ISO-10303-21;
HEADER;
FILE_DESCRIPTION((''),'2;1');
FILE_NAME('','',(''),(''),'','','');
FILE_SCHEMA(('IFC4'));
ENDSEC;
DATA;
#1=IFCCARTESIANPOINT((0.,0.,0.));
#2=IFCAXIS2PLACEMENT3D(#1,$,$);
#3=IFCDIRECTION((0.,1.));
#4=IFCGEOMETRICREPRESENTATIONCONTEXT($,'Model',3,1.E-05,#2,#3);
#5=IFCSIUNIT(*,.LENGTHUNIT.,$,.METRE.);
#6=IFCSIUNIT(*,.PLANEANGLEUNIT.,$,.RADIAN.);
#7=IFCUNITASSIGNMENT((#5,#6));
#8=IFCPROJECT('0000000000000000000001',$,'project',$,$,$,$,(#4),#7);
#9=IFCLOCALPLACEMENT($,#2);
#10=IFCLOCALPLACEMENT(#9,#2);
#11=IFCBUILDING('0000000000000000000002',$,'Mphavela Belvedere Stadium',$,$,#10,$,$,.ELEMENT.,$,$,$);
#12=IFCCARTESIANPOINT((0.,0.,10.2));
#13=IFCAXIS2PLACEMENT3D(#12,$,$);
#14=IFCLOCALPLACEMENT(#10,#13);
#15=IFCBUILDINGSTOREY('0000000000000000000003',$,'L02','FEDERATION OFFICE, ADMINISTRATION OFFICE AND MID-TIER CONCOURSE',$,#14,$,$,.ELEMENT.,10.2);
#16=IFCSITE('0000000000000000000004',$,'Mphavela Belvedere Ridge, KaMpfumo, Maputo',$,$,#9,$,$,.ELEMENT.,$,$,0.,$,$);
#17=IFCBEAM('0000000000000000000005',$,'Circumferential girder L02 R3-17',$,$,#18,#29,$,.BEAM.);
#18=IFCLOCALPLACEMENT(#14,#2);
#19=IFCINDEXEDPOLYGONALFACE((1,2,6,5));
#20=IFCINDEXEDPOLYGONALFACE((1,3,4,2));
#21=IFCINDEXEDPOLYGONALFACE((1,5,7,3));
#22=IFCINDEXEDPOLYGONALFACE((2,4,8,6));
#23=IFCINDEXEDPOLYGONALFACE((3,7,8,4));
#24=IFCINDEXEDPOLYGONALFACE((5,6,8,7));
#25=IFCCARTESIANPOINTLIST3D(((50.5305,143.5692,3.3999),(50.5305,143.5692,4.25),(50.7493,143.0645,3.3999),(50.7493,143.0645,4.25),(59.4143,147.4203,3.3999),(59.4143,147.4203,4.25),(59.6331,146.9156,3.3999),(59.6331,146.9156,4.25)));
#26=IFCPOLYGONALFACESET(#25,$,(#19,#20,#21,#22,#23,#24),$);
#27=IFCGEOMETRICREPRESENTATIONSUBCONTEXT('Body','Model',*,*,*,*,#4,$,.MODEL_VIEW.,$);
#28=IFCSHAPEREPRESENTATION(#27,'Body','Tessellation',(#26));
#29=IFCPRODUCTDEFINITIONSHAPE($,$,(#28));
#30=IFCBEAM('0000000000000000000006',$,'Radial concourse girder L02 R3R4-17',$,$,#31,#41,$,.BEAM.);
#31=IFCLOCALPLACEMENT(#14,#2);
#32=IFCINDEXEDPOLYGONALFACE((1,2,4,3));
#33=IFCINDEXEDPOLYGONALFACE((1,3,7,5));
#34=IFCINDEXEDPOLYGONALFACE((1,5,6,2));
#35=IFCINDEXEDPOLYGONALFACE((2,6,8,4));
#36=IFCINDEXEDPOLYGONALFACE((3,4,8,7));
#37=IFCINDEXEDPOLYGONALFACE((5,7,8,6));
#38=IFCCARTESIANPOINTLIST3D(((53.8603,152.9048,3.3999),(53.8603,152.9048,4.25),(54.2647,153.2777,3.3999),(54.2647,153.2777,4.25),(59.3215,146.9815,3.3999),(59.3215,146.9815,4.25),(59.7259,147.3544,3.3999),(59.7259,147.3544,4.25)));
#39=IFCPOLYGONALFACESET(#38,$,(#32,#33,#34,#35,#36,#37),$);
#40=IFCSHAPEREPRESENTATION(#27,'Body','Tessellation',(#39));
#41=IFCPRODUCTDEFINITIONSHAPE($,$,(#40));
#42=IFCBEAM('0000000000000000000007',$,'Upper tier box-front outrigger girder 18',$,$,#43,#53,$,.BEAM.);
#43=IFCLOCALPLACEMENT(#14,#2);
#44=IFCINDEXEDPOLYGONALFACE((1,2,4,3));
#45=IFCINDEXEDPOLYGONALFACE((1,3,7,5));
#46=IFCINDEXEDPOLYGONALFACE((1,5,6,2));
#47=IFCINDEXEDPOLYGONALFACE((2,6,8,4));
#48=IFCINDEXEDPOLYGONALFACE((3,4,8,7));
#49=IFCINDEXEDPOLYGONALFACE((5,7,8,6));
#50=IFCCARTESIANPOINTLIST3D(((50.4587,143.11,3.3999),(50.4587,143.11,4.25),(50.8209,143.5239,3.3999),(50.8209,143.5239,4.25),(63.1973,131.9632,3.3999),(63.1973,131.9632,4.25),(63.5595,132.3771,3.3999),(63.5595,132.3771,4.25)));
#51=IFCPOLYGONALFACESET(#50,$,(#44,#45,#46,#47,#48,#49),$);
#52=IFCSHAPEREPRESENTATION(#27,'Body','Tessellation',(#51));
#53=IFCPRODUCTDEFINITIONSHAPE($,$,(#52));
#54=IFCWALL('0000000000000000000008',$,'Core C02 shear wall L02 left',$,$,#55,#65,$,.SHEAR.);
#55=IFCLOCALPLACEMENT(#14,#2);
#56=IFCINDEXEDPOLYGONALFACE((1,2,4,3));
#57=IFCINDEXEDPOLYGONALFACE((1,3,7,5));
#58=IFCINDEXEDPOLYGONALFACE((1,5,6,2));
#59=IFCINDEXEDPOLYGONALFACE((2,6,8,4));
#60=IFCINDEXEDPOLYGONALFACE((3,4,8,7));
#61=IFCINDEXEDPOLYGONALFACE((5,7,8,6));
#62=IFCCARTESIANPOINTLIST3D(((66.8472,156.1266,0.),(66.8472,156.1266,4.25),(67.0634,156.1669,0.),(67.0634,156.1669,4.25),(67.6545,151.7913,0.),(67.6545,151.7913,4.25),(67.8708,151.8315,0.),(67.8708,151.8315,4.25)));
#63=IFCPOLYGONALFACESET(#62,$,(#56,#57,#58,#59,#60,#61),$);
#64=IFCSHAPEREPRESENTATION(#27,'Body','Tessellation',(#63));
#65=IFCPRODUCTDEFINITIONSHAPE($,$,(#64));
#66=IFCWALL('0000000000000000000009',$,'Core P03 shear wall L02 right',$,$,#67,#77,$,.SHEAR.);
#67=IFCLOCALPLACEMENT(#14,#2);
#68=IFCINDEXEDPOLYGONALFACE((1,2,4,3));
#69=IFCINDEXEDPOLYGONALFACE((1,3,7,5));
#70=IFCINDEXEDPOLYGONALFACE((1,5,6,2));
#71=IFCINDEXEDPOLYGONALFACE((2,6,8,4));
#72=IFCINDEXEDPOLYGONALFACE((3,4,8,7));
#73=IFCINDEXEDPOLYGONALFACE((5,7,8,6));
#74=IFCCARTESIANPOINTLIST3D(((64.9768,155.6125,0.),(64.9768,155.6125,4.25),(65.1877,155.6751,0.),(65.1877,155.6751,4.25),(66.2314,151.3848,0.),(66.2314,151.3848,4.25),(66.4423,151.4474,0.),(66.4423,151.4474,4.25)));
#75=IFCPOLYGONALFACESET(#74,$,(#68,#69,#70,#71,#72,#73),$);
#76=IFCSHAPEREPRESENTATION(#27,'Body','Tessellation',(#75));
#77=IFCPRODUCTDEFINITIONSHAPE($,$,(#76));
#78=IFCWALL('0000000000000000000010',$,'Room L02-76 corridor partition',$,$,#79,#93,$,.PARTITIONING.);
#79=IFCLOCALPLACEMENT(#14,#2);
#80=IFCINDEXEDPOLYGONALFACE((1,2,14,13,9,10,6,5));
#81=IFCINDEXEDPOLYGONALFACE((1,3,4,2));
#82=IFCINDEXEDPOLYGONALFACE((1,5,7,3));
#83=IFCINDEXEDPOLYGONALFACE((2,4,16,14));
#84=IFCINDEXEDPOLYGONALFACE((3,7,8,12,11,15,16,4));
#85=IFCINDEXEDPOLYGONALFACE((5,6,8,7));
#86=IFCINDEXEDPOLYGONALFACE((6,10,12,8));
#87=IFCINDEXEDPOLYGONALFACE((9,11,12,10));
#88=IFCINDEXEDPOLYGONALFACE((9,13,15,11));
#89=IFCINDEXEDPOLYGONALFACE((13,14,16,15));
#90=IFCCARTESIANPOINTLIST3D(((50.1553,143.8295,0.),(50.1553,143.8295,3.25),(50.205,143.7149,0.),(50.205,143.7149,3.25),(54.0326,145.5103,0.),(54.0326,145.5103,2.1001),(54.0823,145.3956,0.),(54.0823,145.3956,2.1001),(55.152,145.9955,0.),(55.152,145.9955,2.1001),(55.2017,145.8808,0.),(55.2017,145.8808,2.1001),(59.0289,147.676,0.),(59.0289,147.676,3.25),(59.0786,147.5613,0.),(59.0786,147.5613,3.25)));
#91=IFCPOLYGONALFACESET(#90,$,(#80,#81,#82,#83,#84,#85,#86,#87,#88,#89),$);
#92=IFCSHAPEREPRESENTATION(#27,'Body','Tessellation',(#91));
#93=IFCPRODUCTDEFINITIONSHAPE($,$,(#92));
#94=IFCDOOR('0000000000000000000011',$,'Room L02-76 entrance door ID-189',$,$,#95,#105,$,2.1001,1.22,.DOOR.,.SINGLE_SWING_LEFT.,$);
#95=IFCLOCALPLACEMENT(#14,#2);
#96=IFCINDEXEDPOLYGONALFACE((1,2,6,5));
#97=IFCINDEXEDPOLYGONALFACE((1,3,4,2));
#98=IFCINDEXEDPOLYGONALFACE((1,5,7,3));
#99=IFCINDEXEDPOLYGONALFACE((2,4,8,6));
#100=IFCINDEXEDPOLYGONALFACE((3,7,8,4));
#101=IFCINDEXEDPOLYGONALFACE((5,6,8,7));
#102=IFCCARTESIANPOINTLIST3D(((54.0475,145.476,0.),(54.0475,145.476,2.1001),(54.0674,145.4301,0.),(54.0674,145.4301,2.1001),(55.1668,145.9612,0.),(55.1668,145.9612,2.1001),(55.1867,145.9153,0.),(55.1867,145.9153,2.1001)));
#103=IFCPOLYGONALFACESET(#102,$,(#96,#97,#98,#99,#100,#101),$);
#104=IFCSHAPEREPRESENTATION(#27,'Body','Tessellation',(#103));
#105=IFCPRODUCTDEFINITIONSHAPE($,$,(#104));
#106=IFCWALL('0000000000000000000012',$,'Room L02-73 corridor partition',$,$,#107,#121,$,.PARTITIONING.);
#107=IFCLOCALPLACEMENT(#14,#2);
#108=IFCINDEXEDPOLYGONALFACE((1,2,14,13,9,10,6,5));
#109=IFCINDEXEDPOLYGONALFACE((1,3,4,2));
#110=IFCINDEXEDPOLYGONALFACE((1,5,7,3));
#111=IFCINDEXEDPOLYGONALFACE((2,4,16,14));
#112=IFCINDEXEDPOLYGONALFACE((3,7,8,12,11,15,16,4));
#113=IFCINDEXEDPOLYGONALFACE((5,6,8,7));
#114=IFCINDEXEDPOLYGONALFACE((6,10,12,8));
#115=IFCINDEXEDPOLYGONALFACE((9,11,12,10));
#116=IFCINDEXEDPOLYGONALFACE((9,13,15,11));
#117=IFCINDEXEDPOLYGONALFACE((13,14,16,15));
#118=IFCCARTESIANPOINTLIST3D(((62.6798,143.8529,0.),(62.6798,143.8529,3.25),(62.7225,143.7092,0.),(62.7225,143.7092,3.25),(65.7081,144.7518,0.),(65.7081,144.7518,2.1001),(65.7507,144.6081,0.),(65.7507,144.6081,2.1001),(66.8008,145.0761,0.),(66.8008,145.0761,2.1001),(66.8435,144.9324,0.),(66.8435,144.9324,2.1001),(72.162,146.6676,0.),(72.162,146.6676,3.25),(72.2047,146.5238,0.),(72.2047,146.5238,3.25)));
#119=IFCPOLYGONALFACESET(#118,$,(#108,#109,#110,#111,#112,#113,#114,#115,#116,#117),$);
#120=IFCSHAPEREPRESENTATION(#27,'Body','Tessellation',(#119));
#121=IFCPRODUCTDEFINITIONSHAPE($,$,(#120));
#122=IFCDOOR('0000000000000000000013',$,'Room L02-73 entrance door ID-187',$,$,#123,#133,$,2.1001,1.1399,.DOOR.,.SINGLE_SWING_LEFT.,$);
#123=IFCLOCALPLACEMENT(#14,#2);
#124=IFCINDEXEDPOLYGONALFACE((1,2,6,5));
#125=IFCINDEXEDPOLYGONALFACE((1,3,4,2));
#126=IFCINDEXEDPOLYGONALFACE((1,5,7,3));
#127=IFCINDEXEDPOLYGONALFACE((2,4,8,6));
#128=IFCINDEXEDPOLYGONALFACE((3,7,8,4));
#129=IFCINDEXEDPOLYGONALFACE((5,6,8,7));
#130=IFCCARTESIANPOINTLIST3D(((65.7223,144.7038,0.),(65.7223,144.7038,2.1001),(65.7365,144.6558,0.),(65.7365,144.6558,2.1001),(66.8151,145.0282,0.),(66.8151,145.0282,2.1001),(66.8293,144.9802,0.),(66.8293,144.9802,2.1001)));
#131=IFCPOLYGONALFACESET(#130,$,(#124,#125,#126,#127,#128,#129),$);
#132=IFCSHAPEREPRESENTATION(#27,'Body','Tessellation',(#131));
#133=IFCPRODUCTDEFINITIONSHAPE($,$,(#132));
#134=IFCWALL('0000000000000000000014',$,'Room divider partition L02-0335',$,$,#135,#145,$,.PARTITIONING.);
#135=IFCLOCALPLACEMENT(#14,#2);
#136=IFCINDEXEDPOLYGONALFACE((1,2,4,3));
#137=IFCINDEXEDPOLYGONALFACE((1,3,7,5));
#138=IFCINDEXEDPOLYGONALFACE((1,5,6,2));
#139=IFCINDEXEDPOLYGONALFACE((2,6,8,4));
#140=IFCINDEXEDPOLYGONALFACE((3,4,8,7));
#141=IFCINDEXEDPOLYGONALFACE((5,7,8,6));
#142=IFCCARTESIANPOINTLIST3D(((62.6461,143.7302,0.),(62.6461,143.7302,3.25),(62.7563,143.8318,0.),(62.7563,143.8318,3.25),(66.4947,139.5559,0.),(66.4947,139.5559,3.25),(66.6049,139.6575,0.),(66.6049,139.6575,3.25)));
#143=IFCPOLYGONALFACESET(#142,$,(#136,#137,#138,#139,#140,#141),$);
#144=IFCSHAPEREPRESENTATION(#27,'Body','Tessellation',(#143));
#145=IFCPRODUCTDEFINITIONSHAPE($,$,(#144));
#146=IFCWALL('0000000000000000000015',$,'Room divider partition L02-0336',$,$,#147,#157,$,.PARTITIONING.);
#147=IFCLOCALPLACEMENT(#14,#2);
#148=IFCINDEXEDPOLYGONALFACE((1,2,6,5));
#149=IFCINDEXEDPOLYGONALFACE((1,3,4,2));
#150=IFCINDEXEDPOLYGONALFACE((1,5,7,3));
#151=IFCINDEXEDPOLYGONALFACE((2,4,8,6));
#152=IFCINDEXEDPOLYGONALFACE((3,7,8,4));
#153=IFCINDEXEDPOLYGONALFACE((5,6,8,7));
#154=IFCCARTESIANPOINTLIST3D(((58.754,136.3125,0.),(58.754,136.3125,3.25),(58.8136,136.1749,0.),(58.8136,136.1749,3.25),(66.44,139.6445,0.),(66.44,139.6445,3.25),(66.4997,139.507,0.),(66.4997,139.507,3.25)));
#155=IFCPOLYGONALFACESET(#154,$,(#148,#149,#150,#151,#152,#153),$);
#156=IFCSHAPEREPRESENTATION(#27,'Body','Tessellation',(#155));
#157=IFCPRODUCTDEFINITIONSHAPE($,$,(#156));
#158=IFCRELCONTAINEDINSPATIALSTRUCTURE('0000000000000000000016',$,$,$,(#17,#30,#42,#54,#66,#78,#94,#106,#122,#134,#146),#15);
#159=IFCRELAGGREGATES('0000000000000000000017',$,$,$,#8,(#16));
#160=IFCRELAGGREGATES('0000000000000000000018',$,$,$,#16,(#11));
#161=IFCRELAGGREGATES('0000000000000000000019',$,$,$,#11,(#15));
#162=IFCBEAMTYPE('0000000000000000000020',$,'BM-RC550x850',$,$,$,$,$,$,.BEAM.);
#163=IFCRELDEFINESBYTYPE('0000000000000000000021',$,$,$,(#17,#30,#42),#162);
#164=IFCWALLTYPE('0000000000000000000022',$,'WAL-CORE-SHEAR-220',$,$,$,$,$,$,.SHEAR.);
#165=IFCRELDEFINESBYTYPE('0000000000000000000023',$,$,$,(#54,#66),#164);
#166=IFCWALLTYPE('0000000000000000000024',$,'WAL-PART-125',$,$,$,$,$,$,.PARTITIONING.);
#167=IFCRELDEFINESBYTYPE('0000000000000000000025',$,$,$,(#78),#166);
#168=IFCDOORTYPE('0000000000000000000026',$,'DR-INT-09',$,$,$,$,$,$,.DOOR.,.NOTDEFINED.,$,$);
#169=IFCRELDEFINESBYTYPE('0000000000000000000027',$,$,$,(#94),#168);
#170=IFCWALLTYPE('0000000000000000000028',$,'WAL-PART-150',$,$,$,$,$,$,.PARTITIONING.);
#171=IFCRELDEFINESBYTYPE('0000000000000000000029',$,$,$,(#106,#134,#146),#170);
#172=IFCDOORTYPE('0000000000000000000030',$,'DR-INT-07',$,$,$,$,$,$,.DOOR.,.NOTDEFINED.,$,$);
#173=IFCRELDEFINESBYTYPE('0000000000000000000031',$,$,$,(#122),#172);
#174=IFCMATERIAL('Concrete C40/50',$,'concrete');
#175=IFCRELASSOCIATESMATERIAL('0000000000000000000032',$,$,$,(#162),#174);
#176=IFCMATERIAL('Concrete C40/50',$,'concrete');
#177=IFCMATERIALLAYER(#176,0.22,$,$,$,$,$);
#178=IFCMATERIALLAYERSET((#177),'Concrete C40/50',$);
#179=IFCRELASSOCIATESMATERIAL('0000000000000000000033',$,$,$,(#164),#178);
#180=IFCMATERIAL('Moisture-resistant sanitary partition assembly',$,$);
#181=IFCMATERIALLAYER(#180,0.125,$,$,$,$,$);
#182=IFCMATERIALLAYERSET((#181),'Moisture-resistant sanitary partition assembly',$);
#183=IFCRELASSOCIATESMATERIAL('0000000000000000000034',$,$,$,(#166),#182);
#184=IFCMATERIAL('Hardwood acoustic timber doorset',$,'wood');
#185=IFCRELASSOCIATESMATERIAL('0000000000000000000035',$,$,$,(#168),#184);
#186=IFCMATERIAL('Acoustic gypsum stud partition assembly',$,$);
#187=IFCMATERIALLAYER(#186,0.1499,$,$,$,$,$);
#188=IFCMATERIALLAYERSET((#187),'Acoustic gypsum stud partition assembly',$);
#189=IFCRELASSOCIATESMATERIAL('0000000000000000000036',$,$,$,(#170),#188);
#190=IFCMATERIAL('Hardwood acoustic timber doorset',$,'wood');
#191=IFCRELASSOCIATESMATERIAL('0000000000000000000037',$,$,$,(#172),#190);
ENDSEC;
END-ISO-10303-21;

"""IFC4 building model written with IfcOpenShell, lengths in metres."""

from ifc_helpers import new_model, si_unit, direction, frame, frame_2d, origin, origin_2d, place, context, subcontext, project, spatial, rectangle, extrude, material, layer, layer_set, material_profile, profile_set, type_object, element, fill, save


model = new_model("IFC4")

# Units and contexts
model_context = context("Model", 3, precision=1e-05, world=origin(), true_north=direction((0.0, 1.0)))
body_context = subcontext(model_context, "Body", "Model", "MODEL_VIEW")
ifc_project = project(units=[si_unit("LENGTHUNIT", "METRE"), si_unit("PLANEANGLEUNIT", "RADIAN")], contexts=[model_context])

# Site, building, storey
site_placement = place(None, origin())
site = spatial("IfcSite", under=ifc_project, at=site_placement, Name="Mphavela Belvedere Ridge, KaMpfumo, Maputo", CompositionType="ELEMENT", RefElevation=0.0)
building_placement = place(site_placement, origin())
building = spatial("IfcBuilding", under=site, at=building_placement, Name="Mphavela Belvedere Stadium", CompositionType="ELEMENT")
storey_placement = place(building_placement, frame((0.0, 0.0, 10.2)))
storey = spatial("IfcBuildingStorey", under=building, at=storey_placement, Name="L02", Description="FEDERATION OFFICE, ADMINISTRATION OFFICE AND MID-TIER CONCOURSE", CompositionType="ELEMENT", Elevation=10.2)

# Beams
ifc_material_1 = material(Name="Concrete C40/50", Category="concrete")
ifc_material_profile_1 = material_profile(ifc_material_1, rectangle(XDim=0.55, YDim=0.8501, at=origin_2d()), Name="RC 550x850")
ifc_profile_set_1 = profile_set([ifc_material_profile_1], Name="Concrete C40/50")
beam_type_1 = type_object("IfcBeamType", Name="BM-RC550x850", PredefinedType="BEAM", material=ifc_profile_set_1)
beam_1_placement = place(storey_placement, frame((59.5237, 147.168, 3.825), z_axis=(-0.917502, -0.397732, 0.0), x_axis=(0.397732, -0.917502, 0.0)))
element("IfcBeam", 1, at=beam_1_placement, inside=storey, type_object=beam_type_1, Name="Circumferential girder L02 R3-17", PredefinedType="BEAM", context=body_context, shape_type="SweptSolid", body=[
    extrude(rectangle(XDim=0.55, YDim=0.8501, at=origin_2d()), origin(), (0.0, 0.0, 1.0), 9.6826),
])
beam_2_placement = place(storey_placement, frame((59.5237, 147.168, 3.825), z_axis=(-0.677843, 0.735206, 0.0), x_axis=(-0.735206, -0.677843, 0.0)))
element("IfcBeam", 2, at=beam_2_placement, inside=storey, type_object=beam_type_1, Name="Radial concourse girder L02 R3R4-17", PredefinedType="BEAM", context=body_context, shape_type="SweptSolid", body=[
    extrude(rectangle(XDim=0.55, YDim=0.8501, at=origin_2d()), origin(), (0.0, 0.0, 1.0), 8.0566),
])
beam_3_placement = place(storey_placement, frame((63.3784, 132.1702, 3.825), z_axis=(-0.752562, 0.658522, 0.0), x_axis=(-0.658522, -0.752562, 0.0)))
element("IfcBeam", 3, at=beam_3_placement, inside=storey, type_object=beam_type_1, Name="Upper tier box-front outrigger girder 18", PredefinedType="BEAM", context=body_context, shape_type="SweptSolid", body=[
    extrude(rectangle(XDim=0.55, YDim=0.8501, at=origin_2d()), origin(), (0.0, 0.0, 1.0), 16.927),
])

# Wall
ifc_material_2 = material(Name="Concrete C40/50", Category="concrete")
ifc_layer_1 = layer(ifc_material_2, 0.22)
ifc_layer_set_1 = layer_set([ifc_layer_1], Name="Concrete C40/50")
wall_type_1 = type_object("IfcWallType", Name="WAL-CORE-SHEAR-220", PredefinedType="SHEAR", material=ifc_layer_set_1)
wall_1_placement = place(storey_placement, frame((67.7627, 151.8113, 0.0), z_axis=(0.0, 0.0, 1.0), x_axis=(-0.183078, 0.983098, 0.0)))
element("IfcWall", 4, at=wall_1_placement, inside=storey, type_object=wall_type_1, Name="Core C02 shear wall L02 left", PredefinedType="SHEAR", context=body_context, shape_type="SweptSolid", body=[
    extrude(rectangle(XDim=4.4099, YDim=0.22, at=frame_2d((2.2051, 0.0))), origin(), (0.0, 0.0, 1.0), 4.25),
])

# Wall
wall_2_placement = place(storey_placement, frame((66.3369, 151.416, 0.0), z_axis=(0.0, 0.0, 1.0), x_axis=(-0.284497, 0.958677, 0.0)))
element("IfcWall", 5, at=wall_2_placement, inside=storey, type_object=wall_type_1, Name="Core P03 shear wall L02 right", PredefinedType="SHEAR", context=body_context, shape_type="SweptSolid", body=[
    extrude(rectangle(XDim=4.4099, YDim=0.22, at=frame_2d((2.2051, 0.0))), origin(), (0.0, 0.0, 1.0), 4.25),
])

# Walls, openings, doors
ifc_material_3 = material(Name="Moisture-resistant sanitary partition assembly")
ifc_layer_2 = layer(ifc_material_3, 0.125)
ifc_layer_set_2 = layer_set([ifc_layer_2], Name="Moisture-resistant sanitary partition assembly")
wall_type_2 = type_object("IfcWallType", Name="WAL-PART-125", PredefinedType="PARTITIONING", material=ifc_layer_set_2)
wall_3_placement = place(storey_placement, frame((59.0537, 147.6187, 0.0), z_axis=(0.0, 0.0, 1.0), x_axis=(-0.917509, -0.397715, 0.0)))
wall_3 = element("IfcWall", 6, at=wall_3_placement, inside=storey, type_object=wall_type_2, Name="Room L02-76 corridor partition", PredefinedType="PARTITIONING", context=body_context, shape_type="SweptSolid", body=[
    extrude(rectangle(XDim=9.6714, YDim=0.125, at=frame_2d((4.8357, 0.0))), origin(), (0.0, 0.0, 1.0), 3.25),
])
opening_1_placement = place(wall_3_placement, frame((4.2256, 0.0, 0.0)))
opening_1 = element("IfcOpeningElement", 7, at=opening_1_placement, cuts=wall_3, PredefinedType="OPENING", context=body_context, shape_type="SweptSolid", body=[
    extrude(rectangle(XDim=1.22, YDim=2.1001, at=frame_2d((0.6099, 1.05))), frame((0.0, 0.0725, 0.0), z_axis=(0.0, -1.0, 0.0), x_axis=(1.0, 0.0, 0.0)), (0.0, 0.0, 1.0), 0.145),
])
ifc_material_4 = material(Name="Hardwood acoustic timber doorset", Category="wood")
door_type_1 = type_object("IfcDoorType", Name="DR-INT-09", OperationType="NOTDEFINED", PredefinedType="DOOR", material=ifc_material_4)
door_1_placement = place(opening_1_placement, origin())
door_1 = element("IfcDoor", 8, at=door_1_placement, inside=storey, type_object=door_type_1, Name="Room L02-76 entrance door ID-189", OperationType="SINGLE_SWING_LEFT", OverallHeight=2.1001, OverallWidth=1.22, PredefinedType="DOOR", context=body_context, shape_type="SweptSolid", body=[
    extrude(rectangle(XDim=1.22, YDim=2.1001, at=frame_2d((0.6099, 1.05))), frame((0.0, 0.0249, 0.0), z_axis=(0.0, -1.0, 0.0), x_axis=(1.0, 0.0, 0.0)), (0.0, 0.0, 1.0), 0.05),
])
fill(opening_1, door_1)
ifc_material_5 = material(Name="Acoustic gypsum stud partition assembly")
ifc_layer_3 = layer(ifc_material_5, 0.1499)
ifc_layer_set_3 = layer_set([ifc_layer_3], Name="Acoustic gypsum stud partition assembly")
wall_type_3 = type_object("IfcWallType", Name="WAL-PART-150", PredefinedType="PARTITIONING", material=ifc_layer_set_3)
wall_4_placement = place(storey_placement, frame((62.7012, 143.781, 0.0), z_axis=(0.0, 0.0, 1.0), x_axis=(0.958656, 0.284568, 0.0)))
wall_4 = element("IfcWall", 9, at=wall_4_placement, inside=storey, type_object=wall_type_3, Name="Room L02-73 corridor partition", PredefinedType="PARTITIONING", context=body_context, shape_type="SweptSolid", body=[
    extrude(rectangle(XDim=9.8911, YDim=0.1499, at=frame_2d((4.9456, 0.0))), origin(), (0.0, 0.0, 1.0), 3.25),
])
opening_2_placement = place(wall_4_placement, frame((3.1589, 0.0, 0.0)))
opening_2 = element("IfcOpeningElement", 10, at=opening_2_placement, cuts=wall_4, PredefinedType="OPENING", context=body_context, shape_type="SweptSolid", body=[
    extrude(rectangle(XDim=1.1399, YDim=2.1001, at=frame_2d((0.5698, 1.05))), frame((0.0, 0.085, 0.0), z_axis=(0.0, -1.0, 0.0), x_axis=(1.0, 0.0, 0.0)), (0.0, 0.0, 1.0), 0.1699),
])
ifc_material_6 = material(Name="Hardwood acoustic timber doorset", Category="wood")
door_type_2 = type_object("IfcDoorType", Name="DR-INT-07", OperationType="NOTDEFINED", PredefinedType="DOOR", material=ifc_material_6)
door_2_placement = place(opening_2_placement, origin())
door_2 = element("IfcDoor", 11, at=door_2_placement, inside=storey, type_object=door_type_2, Name="Room L02-73 entrance door ID-187", OperationType="SINGLE_SWING_LEFT", OverallHeight=2.1001, OverallWidth=1.1399, PredefinedType="DOOR", context=body_context, shape_type="SweptSolid", body=[
    extrude(rectangle(XDim=1.1399, YDim=2.1001, at=frame_2d((0.5698, 1.05))), frame((0.0, 0.0249, 0.0), z_axis=(0.0, -1.0, 0.0), x_axis=(1.0, 0.0, 0.0)), (0.0, 0.0, 1.0), 0.05),
])
fill(opening_2, door_2)

# Walls
wall_5_placement = place(storey_placement, frame((66.5498, 139.6067, 0.0), z_axis=(0.0, 0.0, 1.0), x_axis=(-0.677844, 0.735206, 0.0)))
element("IfcWall", 12, at=wall_5_placement, inside=storey, type_object=wall_type_3, Name="Room divider partition L02-0335", PredefinedType="PARTITIONING", context=body_context, shape_type="SweptSolid", body=[
    extrude(rectangle(XDim=5.6777, YDim=0.1499, at=frame_2d((2.8389, 0.0))), origin(), (0.0, 0.0, 1.0), 3.25),
])
wall_6_placement = place(storey_placement, frame((66.4697, 139.5757, 0.0), z_axis=(0.0, 0.0, 1.0), x_axis=(-0.917494, -0.39775, 0.0)))
element("IfcWall", 13, at=wall_6_placement, inside=storey, type_object=wall_type_3, Name="Room divider partition L02-0336", PredefinedType="PARTITIONING", context=body_context, shape_type="SweptSolid", body=[
    extrude(rectangle(XDim=8.3772, YDim=0.1499, at=frame_2d((4.1885, 0.0))), origin(), (0.0, 0.0, 1.0), 3.25),
])

save(model, "model.ifc")
